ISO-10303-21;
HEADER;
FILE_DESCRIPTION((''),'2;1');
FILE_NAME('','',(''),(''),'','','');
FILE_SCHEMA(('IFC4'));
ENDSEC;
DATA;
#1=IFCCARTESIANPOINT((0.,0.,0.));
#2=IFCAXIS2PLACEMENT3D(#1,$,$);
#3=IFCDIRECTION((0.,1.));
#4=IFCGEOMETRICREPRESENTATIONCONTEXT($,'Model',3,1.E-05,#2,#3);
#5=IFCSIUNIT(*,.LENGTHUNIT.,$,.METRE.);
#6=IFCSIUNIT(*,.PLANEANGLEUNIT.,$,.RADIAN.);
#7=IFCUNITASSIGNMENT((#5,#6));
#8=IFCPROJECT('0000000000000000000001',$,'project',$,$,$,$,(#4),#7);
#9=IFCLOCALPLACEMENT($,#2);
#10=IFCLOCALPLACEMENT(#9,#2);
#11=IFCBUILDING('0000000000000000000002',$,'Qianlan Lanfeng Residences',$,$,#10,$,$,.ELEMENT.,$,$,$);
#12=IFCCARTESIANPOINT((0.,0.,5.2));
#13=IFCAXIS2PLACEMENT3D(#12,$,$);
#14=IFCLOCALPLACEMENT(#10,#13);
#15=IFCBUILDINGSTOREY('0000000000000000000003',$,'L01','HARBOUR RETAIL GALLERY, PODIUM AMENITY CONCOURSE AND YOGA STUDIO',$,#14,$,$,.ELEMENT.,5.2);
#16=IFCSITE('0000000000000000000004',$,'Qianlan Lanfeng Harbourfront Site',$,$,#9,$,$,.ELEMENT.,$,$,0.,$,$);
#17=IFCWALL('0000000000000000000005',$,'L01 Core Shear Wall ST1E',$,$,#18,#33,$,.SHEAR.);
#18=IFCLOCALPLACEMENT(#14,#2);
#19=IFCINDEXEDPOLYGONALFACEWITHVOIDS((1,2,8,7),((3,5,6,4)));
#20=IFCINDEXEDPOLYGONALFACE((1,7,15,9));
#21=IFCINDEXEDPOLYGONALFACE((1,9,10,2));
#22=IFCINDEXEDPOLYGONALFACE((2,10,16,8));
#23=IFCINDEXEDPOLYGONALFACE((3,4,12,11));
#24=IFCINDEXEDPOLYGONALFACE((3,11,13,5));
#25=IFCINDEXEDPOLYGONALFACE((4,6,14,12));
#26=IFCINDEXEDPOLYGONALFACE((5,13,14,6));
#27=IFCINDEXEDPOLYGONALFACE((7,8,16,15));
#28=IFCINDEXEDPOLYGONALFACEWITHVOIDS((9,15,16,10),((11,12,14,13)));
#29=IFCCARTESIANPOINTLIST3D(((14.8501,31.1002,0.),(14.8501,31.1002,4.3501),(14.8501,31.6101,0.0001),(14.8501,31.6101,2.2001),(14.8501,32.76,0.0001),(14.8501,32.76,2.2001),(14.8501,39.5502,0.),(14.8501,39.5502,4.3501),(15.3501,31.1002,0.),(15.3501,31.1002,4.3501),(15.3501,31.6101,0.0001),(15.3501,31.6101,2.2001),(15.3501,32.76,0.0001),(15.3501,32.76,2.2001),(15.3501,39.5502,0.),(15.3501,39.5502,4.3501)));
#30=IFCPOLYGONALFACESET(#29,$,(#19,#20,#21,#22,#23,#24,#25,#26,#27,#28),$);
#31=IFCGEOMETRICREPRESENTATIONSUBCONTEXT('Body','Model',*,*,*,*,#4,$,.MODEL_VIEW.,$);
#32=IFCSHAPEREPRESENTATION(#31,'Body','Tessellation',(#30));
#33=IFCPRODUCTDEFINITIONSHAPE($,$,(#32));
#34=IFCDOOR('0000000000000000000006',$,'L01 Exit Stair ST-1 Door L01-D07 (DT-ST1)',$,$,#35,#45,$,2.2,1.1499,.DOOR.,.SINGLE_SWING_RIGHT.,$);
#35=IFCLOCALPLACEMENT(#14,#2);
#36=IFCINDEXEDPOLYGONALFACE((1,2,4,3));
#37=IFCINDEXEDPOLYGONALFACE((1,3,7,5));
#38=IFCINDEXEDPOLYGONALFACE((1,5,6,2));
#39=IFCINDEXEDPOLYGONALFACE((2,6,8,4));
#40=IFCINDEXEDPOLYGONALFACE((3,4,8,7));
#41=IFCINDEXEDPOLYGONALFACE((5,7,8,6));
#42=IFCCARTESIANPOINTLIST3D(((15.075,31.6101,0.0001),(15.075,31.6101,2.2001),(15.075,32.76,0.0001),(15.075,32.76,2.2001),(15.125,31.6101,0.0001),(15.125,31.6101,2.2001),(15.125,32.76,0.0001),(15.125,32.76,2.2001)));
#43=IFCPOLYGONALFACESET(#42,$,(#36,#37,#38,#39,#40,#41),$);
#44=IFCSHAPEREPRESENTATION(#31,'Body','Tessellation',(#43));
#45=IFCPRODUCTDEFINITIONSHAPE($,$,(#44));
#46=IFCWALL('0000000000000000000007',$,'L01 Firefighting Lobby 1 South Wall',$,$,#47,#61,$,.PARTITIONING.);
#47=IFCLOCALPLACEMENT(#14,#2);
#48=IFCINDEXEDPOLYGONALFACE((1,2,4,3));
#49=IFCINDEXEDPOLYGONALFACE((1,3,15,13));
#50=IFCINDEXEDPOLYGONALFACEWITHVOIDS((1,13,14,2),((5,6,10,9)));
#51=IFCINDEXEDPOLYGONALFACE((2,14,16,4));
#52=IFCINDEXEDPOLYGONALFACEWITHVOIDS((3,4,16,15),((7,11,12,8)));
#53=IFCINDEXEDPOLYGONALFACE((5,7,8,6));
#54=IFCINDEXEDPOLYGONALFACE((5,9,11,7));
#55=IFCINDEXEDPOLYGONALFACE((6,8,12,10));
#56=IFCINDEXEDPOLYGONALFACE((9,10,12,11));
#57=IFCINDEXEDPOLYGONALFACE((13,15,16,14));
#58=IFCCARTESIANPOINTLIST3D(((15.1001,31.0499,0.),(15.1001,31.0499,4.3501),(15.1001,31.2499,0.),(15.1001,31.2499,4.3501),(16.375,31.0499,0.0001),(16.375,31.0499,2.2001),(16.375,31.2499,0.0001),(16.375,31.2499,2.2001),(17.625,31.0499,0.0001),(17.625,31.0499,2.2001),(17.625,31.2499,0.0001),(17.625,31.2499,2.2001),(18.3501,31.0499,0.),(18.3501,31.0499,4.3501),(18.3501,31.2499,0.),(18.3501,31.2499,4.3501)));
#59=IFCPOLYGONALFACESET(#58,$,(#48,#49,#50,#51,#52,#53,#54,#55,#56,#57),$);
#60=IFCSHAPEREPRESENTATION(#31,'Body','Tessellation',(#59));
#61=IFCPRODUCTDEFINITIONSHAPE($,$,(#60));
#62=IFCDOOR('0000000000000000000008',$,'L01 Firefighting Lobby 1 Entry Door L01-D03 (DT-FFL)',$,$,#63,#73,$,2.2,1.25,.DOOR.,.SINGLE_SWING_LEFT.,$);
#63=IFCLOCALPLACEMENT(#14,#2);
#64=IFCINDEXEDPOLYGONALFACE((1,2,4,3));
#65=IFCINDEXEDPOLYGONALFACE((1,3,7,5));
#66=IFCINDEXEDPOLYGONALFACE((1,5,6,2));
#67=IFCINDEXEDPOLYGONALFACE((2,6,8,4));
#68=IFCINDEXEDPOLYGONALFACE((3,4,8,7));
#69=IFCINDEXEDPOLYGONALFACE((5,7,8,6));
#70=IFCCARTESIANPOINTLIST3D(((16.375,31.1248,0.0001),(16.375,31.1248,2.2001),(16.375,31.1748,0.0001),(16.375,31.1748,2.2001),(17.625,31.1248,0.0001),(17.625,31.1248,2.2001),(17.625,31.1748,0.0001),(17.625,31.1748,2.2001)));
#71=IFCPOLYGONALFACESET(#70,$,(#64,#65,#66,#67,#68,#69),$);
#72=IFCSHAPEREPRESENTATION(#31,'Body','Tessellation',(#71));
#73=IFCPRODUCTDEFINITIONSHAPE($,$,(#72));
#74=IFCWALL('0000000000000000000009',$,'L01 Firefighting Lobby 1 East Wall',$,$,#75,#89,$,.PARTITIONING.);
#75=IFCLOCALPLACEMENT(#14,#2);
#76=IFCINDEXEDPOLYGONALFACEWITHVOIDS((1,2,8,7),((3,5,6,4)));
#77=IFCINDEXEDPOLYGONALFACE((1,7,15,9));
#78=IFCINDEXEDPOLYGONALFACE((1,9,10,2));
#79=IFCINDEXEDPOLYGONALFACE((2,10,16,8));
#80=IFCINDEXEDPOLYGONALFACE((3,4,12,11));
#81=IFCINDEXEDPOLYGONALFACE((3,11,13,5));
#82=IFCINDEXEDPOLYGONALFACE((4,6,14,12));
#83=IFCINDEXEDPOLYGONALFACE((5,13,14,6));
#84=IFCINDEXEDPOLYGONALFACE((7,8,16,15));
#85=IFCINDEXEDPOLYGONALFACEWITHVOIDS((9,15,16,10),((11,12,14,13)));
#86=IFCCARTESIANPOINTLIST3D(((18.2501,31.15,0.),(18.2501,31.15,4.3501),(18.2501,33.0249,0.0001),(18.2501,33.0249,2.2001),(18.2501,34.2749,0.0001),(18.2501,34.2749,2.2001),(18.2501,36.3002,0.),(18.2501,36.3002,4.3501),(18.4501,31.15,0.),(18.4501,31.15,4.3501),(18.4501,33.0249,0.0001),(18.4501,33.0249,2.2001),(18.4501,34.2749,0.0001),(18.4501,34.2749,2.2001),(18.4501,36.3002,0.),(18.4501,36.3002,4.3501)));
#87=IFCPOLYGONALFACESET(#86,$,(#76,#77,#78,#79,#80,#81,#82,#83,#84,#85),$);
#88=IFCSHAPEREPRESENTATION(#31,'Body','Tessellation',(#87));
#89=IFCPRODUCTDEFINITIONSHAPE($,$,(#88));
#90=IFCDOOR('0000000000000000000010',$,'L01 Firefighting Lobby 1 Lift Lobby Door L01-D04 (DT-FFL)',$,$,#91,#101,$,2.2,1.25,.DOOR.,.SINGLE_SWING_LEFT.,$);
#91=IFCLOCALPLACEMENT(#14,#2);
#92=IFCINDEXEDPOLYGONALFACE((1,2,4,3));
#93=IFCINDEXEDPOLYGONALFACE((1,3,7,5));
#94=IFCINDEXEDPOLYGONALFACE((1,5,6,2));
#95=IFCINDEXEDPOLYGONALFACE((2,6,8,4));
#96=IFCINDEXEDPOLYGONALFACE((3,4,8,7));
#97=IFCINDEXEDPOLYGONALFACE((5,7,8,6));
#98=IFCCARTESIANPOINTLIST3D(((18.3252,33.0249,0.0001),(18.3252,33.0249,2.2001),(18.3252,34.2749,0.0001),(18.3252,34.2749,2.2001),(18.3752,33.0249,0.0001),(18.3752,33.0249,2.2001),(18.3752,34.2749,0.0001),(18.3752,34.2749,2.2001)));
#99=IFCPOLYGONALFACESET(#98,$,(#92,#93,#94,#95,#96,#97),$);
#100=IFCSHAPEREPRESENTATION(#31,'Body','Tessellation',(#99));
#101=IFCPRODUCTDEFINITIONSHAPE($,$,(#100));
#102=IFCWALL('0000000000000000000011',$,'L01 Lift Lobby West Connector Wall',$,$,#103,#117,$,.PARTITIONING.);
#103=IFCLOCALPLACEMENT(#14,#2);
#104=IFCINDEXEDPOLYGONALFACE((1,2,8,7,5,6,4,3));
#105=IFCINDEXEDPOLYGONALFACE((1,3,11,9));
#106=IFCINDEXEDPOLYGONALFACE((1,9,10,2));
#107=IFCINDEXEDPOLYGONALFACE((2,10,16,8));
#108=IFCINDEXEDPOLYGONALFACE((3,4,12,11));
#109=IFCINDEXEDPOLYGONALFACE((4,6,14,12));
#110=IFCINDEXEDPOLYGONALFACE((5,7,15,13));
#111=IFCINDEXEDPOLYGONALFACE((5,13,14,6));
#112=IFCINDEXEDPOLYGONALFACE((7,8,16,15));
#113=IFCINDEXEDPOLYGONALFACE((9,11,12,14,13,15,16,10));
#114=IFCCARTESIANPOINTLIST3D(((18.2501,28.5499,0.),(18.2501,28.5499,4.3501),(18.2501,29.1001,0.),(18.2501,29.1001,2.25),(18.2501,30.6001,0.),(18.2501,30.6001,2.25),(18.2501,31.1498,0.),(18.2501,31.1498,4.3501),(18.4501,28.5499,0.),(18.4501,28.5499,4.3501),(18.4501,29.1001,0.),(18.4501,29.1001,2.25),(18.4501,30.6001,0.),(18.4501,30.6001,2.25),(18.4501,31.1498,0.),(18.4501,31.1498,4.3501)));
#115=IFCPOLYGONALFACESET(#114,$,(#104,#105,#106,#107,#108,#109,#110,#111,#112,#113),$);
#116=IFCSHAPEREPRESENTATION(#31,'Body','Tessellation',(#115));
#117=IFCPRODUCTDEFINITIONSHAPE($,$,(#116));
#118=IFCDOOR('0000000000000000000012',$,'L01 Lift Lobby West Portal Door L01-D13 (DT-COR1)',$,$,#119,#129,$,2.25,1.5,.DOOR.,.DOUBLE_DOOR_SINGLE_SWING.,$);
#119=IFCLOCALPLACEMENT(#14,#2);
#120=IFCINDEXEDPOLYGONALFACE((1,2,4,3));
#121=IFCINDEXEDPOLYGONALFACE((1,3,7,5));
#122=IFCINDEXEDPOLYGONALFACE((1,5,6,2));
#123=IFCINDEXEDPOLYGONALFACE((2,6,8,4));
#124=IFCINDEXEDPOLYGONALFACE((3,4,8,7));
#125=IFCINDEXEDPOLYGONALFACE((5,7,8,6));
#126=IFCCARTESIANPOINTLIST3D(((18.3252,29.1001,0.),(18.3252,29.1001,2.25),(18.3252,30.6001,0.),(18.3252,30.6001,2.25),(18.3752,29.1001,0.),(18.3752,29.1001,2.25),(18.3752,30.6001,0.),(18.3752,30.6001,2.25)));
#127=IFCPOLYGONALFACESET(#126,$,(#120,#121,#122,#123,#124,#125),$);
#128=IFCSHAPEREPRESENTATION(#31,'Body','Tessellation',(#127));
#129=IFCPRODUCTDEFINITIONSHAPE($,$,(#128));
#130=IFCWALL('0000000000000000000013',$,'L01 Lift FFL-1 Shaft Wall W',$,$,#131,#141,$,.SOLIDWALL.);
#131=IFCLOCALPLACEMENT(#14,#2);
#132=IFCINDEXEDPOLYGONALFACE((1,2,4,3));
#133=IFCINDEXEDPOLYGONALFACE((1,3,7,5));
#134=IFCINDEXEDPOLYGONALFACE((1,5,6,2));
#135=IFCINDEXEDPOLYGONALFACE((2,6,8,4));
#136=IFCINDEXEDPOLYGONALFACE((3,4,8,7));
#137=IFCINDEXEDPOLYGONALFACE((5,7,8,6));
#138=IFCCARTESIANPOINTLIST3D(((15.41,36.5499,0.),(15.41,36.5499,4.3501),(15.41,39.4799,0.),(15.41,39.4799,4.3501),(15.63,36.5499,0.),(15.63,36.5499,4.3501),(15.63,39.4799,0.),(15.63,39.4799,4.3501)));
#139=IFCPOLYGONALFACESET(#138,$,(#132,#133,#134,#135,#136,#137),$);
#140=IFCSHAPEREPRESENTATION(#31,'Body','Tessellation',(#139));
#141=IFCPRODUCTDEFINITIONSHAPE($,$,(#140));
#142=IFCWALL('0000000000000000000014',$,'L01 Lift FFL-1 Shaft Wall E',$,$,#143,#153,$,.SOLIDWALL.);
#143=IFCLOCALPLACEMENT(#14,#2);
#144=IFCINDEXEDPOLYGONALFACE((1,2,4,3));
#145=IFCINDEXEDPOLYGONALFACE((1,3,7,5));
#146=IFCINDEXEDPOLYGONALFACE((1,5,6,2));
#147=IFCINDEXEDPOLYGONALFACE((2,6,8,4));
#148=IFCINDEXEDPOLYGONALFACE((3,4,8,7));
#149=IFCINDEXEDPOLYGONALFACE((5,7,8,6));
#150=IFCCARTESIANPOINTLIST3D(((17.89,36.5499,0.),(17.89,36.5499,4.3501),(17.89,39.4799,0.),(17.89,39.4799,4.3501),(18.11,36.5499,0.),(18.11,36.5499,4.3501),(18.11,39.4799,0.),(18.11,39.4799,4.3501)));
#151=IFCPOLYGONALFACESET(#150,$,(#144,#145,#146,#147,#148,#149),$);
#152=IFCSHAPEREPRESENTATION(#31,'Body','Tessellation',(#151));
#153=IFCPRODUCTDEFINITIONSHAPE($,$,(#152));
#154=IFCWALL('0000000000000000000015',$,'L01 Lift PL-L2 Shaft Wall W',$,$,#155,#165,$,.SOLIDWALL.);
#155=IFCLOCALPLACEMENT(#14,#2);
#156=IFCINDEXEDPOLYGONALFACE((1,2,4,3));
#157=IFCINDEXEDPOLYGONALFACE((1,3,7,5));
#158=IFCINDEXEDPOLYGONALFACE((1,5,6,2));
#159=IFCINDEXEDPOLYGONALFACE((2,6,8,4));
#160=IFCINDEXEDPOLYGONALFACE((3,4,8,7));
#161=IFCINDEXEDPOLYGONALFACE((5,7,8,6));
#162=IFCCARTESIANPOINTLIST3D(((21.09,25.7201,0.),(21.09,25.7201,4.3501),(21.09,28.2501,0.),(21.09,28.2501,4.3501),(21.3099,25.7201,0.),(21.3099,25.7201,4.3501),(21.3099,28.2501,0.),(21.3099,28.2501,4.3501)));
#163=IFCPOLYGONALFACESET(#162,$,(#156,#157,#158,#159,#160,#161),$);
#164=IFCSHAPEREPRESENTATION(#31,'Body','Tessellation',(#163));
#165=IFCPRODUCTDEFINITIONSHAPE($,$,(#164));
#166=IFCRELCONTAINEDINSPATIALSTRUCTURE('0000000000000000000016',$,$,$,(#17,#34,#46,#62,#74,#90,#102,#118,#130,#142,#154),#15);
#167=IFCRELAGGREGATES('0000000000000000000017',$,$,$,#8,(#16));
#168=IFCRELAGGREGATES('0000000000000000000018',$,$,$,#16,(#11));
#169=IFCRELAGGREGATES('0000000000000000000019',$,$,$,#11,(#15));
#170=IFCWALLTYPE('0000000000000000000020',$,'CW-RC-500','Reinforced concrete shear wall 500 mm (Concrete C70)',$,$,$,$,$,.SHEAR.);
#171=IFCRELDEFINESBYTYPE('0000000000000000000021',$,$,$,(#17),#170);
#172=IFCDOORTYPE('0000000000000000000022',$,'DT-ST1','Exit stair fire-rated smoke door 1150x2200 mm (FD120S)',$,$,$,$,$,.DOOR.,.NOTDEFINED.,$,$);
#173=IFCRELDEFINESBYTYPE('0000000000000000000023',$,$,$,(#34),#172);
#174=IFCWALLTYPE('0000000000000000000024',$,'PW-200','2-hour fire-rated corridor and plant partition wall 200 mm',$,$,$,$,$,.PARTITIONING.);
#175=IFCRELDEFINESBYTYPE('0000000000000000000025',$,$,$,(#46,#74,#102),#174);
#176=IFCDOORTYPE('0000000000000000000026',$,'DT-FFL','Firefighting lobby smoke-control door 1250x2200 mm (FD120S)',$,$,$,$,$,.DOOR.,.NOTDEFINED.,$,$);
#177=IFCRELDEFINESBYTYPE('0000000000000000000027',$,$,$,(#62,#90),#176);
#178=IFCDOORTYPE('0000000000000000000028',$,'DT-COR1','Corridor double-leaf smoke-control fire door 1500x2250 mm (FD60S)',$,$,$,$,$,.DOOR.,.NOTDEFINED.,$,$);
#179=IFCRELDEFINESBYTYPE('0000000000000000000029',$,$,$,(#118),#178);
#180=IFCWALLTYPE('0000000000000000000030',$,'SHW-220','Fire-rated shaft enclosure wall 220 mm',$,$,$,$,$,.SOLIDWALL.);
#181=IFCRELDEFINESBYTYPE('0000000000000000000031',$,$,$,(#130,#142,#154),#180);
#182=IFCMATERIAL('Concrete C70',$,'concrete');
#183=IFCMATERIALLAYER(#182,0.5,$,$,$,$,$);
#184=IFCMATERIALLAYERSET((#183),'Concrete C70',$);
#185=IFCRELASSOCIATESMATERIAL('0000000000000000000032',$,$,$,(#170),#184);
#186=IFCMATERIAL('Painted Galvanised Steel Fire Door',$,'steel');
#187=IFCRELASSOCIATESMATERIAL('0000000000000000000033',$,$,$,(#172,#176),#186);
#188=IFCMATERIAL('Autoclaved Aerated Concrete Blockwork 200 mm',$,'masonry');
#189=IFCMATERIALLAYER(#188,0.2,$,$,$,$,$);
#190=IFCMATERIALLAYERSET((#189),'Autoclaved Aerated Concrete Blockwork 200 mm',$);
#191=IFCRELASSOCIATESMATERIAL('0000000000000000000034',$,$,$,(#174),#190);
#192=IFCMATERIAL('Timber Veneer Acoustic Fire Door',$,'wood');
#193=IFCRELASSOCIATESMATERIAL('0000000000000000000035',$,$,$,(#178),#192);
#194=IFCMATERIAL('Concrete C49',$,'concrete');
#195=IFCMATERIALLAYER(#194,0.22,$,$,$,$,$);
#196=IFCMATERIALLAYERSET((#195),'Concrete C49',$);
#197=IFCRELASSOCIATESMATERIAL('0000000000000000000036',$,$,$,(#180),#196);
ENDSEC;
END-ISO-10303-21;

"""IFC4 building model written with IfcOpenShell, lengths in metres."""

from ifc_helpers import new_model, si_unit, direction, frame, frame_2d, origin, place, context, subcontext, project, spatial, rectangle, extrude, material, layer, layer_set, type_object, element, fill, save


model = new_model("IFC4")

# Units and contexts
model_context = context("Model", 3, precision=1e-05, world=origin(), true_north=direction((0.0, 1.0)))
body_context = subcontext(model_context, "Body", "Model", "MODEL_VIEW")
ifc_project = project(units=[si_unit("LENGTHUNIT", "METRE"), si_unit("PLANEANGLEUNIT", "RADIAN")], contexts=[model_context])

# Site, building, storey
site_placement = place(None, origin())
site = spatial("IfcSite", under=ifc_project, at=site_placement, Name="Qianlan Lanfeng Harbourfront Site", CompositionType="ELEMENT", RefElevation=0.0)
building_placement = place(site_placement, origin())
building = spatial("IfcBuilding", under=site, at=building_placement, Name="Qianlan Lanfeng Residences", CompositionType="ELEMENT")
storey_placement = place(building_placement, frame((0.0, 0.0, 5.2)))
storey = spatial("IfcBuildingStorey", under=building, at=storey_placement, Name="L01", Description="HARBOUR RETAIL GALLERY, PODIUM AMENITY CONCOURSE AND YOGA STUDIO", CompositionType="ELEMENT", Elevation=5.2)

# Wall, opening, door
ifc_material_1 = material(Name="Concrete C70", Category="concrete")
ifc_layer_1 = layer(ifc_material_1, 0.5)
ifc_layer_set_1 = layer_set([ifc_layer_1], Name="Concrete C70")
wall_type_1 = type_object("IfcWallType", Name="CW-RC-500", Description="Reinforced concrete shear wall 500 mm (Concrete C70)", PredefinedType="SHEAR", material=ifc_layer_set_1)
wall_1_placement = place(storey_placement, frame((15.1001, 31.1001, 0.0), z_axis=(0.0, 0.0, 1.0), x_axis=(0.0, 1.0, 0.0)))
wall_1 = element("IfcWall", 1, at=wall_1_placement, inside=storey, type_object=wall_type_1, Name="L01 Core Shear Wall ST1E", PredefinedType="SHEAR", context=body_context, shape_type="SweptSolid", body=[
    extrude(rectangle(XDim=8.45, YDim=0.5, at=frame_2d((4.2251, 0.0))), origin(), (0.0, 0.0, 1.0), 4.3501),
])
opening_1_placement = place(wall_1_placement, frame((0.51, 0.0, 0.0)))
opening_1 = element("IfcOpeningElement", 2, at=opening_1_placement, cuts=wall_1, PredefinedType="OPENING", context=body_context, shape_type="SweptSolid", body=[
    extrude(rectangle(XDim=1.1499, YDim=2.2, at=frame_2d((0.575, 1.1001))), frame((0.0, 0.26, 0.0), z_axis=(0.0, -1.0, 0.0), x_axis=(1.0, 0.0, 0.0)), (0.0, 0.0, 1.0), 0.52),
])
ifc_material_2 = material(Name="Painted Galvanised Steel Fire Door", Category="steel")
door_type_1 = type_object("IfcDoorType", Name="DT-ST1", Description="Exit stair fire-rated smoke door 1150x2200 mm (FD120S)", OperationType="NOTDEFINED", PredefinedType="DOOR", material=ifc_material_2)
door_1_placement = place(opening_1_placement, frame((1.1499, 0.0, 0.0), z_axis=(0.0, 0.0, 1.0), x_axis=(-1.0, 0.0, 0.0)))
door_1 = element("IfcDoor", 3, at=door_1_placement, inside=storey, type_object=door_type_1, Name="L01 Exit Stair ST-1 Door L01-D07 (DT-ST1)", OperationType="SINGLE_SWING_RIGHT", OverallHeight=2.2, OverallWidth=1.1499, PredefinedType="DOOR", context=body_context, shape_type="SweptSolid", body=[
    extrude(rectangle(XDim=1.1499, YDim=2.2, at=frame_2d((0.575, 1.1001))), frame((0.0, 0.0249, 0.0), z_axis=(0.0, -1.0, 0.0), x_axis=(1.0, 0.0, 0.0)), (0.0, 0.0, 1.0), 0.05),
])
fill(opening_1, door_1)

# Walls, openings, doors
ifc_material_3 = material(Name="Autoclaved Aerated Concrete Blockwork 200 mm", Category="masonry")
ifc_layer_2 = layer(ifc_material_3, 0.2)
ifc_layer_set_2 = layer_set([ifc_layer_2], Name="Autoclaved Aerated Concrete Blockwork 200 mm")
wall_type_2 = type_object("IfcWallType", Name="PW-200", Description="2-hour fire-rated corridor and plant partition wall 200 mm", PredefinedType="PARTITIONING", material=ifc_layer_set_2)
wall_2_placement = place(storey_placement, frame((15.1001, 31.1499, 0.0), z_axis=(0.0, 0.0, 1.0), x_axis=(1.0, 0.0, 0.0)))
wall_2 = element("IfcWall", 4, at=wall_2_placement, inside=storey, type_object=wall_type_2, Name="L01 Firefighting Lobby 1 South Wall", PredefinedType="PARTITIONING", context=body_context, shape_type="SweptSolid", body=[
    extrude(rectangle(XDim=3.25, YDim=0.2, at=frame_2d((1.625, 0.0))), origin(), (0.0, 0.0, 1.0), 4.3501),
])
opening_2_placement = place(wall_2_placement, frame((1.2749, 0.0, 0.0)))
opening_2 = element("IfcOpeningElement", 5, at=opening_2_placement, cuts=wall_2, PredefinedType="OPENING", context=body_context, shape_type="SweptSolid", body=[
    extrude(rectangle(XDim=1.25, YDim=2.2, at=frame_2d((0.625, 1.1001))), frame((0.0, 0.1099, 0.0), z_axis=(0.0, -1.0, 0.0), x_axis=(1.0, 0.0, 0.0)), (0.0, 0.0, 1.0), 0.22),
])
door_type_2 = type_object("IfcDoorType", Name="DT-FFL", Description="Firefighting lobby smoke-control door 1250x2200 mm (FD120S)", OperationType="NOTDEFINED", PredefinedType="DOOR", material=ifc_material_2)
door_2_placement = place(opening_2_placement, origin())
door_2 = element("IfcDoor", 6, at=door_2_placement, inside=storey, type_object=door_type_2, Name="L01 Firefighting Lobby 1 Entry Door L01-D03 (DT-FFL)", OperationType="SINGLE_SWING_LEFT", OverallHeight=2.2, OverallWidth=1.25, PredefinedType="DOOR", context=body_context, shape_type="SweptSolid", body=[
    extrude(rectangle(XDim=1.25, YDim=2.2, at=frame_2d((0.625, 1.1001))), frame((0.0, 0.0249, 0.0), z_axis=(0.0, -1.0, 0.0), x_axis=(1.0, 0.0, 0.0)), (0.0, 0.0, 1.0), 0.05),
])
fill(opening_2, door_2)
wall_3_placement = place(storey_placement, frame((18.3501, 31.1499, 0.0), z_axis=(0.0, 0.0, 1.0), x_axis=(0.0, 1.0, 0.0)))
wall_3 = element("IfcWall", 7, at=wall_3_placement, inside=storey, type_object=wall_type_2, Name="L01 Firefighting Lobby 1 East Wall", PredefinedType="PARTITIONING", context=body_context, shape_type="SweptSolid", body=[
    extrude(rectangle(XDim=5.1501, YDim=0.2, at=frame_2d((2.5752, 0.0))), origin(), (0.0, 0.0, 1.0), 4.3501),
])
opening_3_placement = place(wall_3_placement, frame((1.875, 0.0, 0.0)))
opening_3 = element("IfcOpeningElement", 8, at=opening_3_placement, cuts=wall_3, PredefinedType="OPENING", context=body_context, shape_type="SweptSolid", body=[
    extrude(rectangle(XDim=1.25, YDim=2.2, at=frame_2d((0.625, 1.1001))), frame((0.0, 0.1099, 0.0), z_axis=(0.0, -1.0, 0.0), x_axis=(1.0, 0.0, 0.0)), (0.0, 0.0, 1.0), 0.22),
])
door_3_placement = place(opening_3_placement, origin())
door_3 = element("IfcDoor", 9, at=door_3_placement, inside=storey, type_object=door_type_2, Name="L01 Firefighting Lobby 1 Lift Lobby Door L01-D04 (DT-FFL)", OperationType="SINGLE_SWING_LEFT", OverallHeight=2.2, OverallWidth=1.25, PredefinedType="DOOR", context=body_context, shape_type="SweptSolid", body=[
    extrude(rectangle(XDim=1.25, YDim=2.2, at=frame_2d((0.625, 1.1001))), frame((0.0, 0.0249, 0.0), z_axis=(0.0, -1.0, 0.0), x_axis=(1.0, 0.0, 0.0)), (0.0, 0.0, 1.0), 0.05),
])
fill(opening_3, door_3)
wall_4_placement = place(storey_placement, frame((18.3501, 28.55, 0.0), z_axis=(0.0, 0.0, 1.0), x_axis=(0.0, 1.0, 0.0)))
wall_4 = element("IfcWall", 10, at=wall_4_placement, inside=storey, type_object=wall_type_2, Name="L01 Lift Lobby West Connector Wall", PredefinedType="PARTITIONING", context=body_context, shape_type="SweptSolid", body=[
    extrude(rectangle(XDim=2.5999, YDim=0.2, at=frame_2d((1.2998, 0.0))), origin(), (0.0, 0.0, 1.0), 4.3501),
])
opening_4_placement = place(wall_4_placement, frame((0.55, 0.0, 0.0)))
opening_4 = element("IfcOpeningElement", 11, at=opening_4_placement, cuts=wall_4, PredefinedType="OPENING", context=body_context, shape_type="SweptSolid", body=[
    extrude(rectangle(XDim=1.5, YDim=2.25, at=frame_2d((0.75, 1.125))), frame((0.0, 0.1099, 0.0), z_axis=(0.0, -1.0, 0.0), x_axis=(1.0, 0.0, 0.0)), (0.0, 0.0, 1.0), 0.22),
])
ifc_material_4 = material(Name="Timber Veneer Acoustic Fire Door", Category="wood")
door_type_3 = type_object("IfcDoorType", Name="DT-COR1", Description="Corridor double-leaf smoke-control fire door 1500x2250 mm (FD60S)", OperationType="NOTDEFINED", PredefinedType="DOOR", material=ifc_material_4)
door_4_placement = place(opening_4_placement, origin())
door_4 = element("IfcDoor", 12, at=door_4_placement, inside=storey, type_object=door_type_3, Name="L01 Lift Lobby West Portal Door L01-D13 (DT-COR1)", OperationType="DOUBLE_DOOR_SINGLE_SWING", OverallHeight=2.25, OverallWidth=1.5, PredefinedType="DOOR", context=body_context, shape_type="SweptSolid", body=[
    extrude(rectangle(XDim=1.5, YDim=2.25, at=frame_2d((0.75, 1.125))), frame((0.0, 0.0249, 0.0), z_axis=(0.0, -1.0, 0.0), x_axis=(1.0, 0.0, 0.0)), (0.0, 0.0, 1.0), 0.05),
])
fill(opening_4, door_4)

# Walls
ifc_material_5 = material(Name="Concrete C49", Category="concrete")
ifc_layer_3 = layer(ifc_material_5, 0.22)
ifc_layer_set_3 = layer_set([ifc_layer_3], Name="Concrete C49")
wall_type_3 = type_object("IfcWallType", Name="SHW-220", Description="Fire-rated shaft enclosure wall 220 mm", PredefinedType="SOLIDWALL", material=ifc_layer_set_3)
for number, where, z_axis, x_axis, name in (
    (13, (15.52, 36.55, 0.0), (0.0, 0.0, 1.0), (0.0, 1.0, 0.0), "L01 Lift FFL-1 Shaft Wall W"),
    (14, (18.0, 36.55, 0.0), (0.0, 0.0, 1.0), (0.0, 1.0, 0.0), "L01 Lift FFL-1 Shaft Wall E"),
):
    element("IfcWall", number, at=place(storey_placement, frame(where, z_axis=z_axis, x_axis=x_axis)), inside=storey, type_object=wall_type_3, Name=name, PredefinedType="SOLIDWALL", context=body_context, shape_type="SweptSolid", body=[
        extrude(rectangle(XDim=2.9299, YDim=0.22, at=frame_2d((1.4648, 0.0))), origin(), (0.0, 0.0, 1.0), 4.3501),
    ])
wall_5_placement = place(storey_placement, frame((21.2, 25.72, 0.0), z_axis=(0.0, 0.0, 1.0), x_axis=(0.0, 1.0, 0.0)))
element("IfcWall", 15, at=wall_5_placement, inside=storey, type_object=wall_type_3, Name="L01 Lift PL-L2 Shaft Wall W", PredefinedType="SOLIDWALL", context=body_context, shape_type="SweptSolid", body=[
    extrude(rectangle(XDim=2.53, YDim=0.22, at=frame_2d((1.2651, 0.0))), origin(), (0.0, 0.0, 1.0), 4.3501),
])

save(model, "model.ifc")
